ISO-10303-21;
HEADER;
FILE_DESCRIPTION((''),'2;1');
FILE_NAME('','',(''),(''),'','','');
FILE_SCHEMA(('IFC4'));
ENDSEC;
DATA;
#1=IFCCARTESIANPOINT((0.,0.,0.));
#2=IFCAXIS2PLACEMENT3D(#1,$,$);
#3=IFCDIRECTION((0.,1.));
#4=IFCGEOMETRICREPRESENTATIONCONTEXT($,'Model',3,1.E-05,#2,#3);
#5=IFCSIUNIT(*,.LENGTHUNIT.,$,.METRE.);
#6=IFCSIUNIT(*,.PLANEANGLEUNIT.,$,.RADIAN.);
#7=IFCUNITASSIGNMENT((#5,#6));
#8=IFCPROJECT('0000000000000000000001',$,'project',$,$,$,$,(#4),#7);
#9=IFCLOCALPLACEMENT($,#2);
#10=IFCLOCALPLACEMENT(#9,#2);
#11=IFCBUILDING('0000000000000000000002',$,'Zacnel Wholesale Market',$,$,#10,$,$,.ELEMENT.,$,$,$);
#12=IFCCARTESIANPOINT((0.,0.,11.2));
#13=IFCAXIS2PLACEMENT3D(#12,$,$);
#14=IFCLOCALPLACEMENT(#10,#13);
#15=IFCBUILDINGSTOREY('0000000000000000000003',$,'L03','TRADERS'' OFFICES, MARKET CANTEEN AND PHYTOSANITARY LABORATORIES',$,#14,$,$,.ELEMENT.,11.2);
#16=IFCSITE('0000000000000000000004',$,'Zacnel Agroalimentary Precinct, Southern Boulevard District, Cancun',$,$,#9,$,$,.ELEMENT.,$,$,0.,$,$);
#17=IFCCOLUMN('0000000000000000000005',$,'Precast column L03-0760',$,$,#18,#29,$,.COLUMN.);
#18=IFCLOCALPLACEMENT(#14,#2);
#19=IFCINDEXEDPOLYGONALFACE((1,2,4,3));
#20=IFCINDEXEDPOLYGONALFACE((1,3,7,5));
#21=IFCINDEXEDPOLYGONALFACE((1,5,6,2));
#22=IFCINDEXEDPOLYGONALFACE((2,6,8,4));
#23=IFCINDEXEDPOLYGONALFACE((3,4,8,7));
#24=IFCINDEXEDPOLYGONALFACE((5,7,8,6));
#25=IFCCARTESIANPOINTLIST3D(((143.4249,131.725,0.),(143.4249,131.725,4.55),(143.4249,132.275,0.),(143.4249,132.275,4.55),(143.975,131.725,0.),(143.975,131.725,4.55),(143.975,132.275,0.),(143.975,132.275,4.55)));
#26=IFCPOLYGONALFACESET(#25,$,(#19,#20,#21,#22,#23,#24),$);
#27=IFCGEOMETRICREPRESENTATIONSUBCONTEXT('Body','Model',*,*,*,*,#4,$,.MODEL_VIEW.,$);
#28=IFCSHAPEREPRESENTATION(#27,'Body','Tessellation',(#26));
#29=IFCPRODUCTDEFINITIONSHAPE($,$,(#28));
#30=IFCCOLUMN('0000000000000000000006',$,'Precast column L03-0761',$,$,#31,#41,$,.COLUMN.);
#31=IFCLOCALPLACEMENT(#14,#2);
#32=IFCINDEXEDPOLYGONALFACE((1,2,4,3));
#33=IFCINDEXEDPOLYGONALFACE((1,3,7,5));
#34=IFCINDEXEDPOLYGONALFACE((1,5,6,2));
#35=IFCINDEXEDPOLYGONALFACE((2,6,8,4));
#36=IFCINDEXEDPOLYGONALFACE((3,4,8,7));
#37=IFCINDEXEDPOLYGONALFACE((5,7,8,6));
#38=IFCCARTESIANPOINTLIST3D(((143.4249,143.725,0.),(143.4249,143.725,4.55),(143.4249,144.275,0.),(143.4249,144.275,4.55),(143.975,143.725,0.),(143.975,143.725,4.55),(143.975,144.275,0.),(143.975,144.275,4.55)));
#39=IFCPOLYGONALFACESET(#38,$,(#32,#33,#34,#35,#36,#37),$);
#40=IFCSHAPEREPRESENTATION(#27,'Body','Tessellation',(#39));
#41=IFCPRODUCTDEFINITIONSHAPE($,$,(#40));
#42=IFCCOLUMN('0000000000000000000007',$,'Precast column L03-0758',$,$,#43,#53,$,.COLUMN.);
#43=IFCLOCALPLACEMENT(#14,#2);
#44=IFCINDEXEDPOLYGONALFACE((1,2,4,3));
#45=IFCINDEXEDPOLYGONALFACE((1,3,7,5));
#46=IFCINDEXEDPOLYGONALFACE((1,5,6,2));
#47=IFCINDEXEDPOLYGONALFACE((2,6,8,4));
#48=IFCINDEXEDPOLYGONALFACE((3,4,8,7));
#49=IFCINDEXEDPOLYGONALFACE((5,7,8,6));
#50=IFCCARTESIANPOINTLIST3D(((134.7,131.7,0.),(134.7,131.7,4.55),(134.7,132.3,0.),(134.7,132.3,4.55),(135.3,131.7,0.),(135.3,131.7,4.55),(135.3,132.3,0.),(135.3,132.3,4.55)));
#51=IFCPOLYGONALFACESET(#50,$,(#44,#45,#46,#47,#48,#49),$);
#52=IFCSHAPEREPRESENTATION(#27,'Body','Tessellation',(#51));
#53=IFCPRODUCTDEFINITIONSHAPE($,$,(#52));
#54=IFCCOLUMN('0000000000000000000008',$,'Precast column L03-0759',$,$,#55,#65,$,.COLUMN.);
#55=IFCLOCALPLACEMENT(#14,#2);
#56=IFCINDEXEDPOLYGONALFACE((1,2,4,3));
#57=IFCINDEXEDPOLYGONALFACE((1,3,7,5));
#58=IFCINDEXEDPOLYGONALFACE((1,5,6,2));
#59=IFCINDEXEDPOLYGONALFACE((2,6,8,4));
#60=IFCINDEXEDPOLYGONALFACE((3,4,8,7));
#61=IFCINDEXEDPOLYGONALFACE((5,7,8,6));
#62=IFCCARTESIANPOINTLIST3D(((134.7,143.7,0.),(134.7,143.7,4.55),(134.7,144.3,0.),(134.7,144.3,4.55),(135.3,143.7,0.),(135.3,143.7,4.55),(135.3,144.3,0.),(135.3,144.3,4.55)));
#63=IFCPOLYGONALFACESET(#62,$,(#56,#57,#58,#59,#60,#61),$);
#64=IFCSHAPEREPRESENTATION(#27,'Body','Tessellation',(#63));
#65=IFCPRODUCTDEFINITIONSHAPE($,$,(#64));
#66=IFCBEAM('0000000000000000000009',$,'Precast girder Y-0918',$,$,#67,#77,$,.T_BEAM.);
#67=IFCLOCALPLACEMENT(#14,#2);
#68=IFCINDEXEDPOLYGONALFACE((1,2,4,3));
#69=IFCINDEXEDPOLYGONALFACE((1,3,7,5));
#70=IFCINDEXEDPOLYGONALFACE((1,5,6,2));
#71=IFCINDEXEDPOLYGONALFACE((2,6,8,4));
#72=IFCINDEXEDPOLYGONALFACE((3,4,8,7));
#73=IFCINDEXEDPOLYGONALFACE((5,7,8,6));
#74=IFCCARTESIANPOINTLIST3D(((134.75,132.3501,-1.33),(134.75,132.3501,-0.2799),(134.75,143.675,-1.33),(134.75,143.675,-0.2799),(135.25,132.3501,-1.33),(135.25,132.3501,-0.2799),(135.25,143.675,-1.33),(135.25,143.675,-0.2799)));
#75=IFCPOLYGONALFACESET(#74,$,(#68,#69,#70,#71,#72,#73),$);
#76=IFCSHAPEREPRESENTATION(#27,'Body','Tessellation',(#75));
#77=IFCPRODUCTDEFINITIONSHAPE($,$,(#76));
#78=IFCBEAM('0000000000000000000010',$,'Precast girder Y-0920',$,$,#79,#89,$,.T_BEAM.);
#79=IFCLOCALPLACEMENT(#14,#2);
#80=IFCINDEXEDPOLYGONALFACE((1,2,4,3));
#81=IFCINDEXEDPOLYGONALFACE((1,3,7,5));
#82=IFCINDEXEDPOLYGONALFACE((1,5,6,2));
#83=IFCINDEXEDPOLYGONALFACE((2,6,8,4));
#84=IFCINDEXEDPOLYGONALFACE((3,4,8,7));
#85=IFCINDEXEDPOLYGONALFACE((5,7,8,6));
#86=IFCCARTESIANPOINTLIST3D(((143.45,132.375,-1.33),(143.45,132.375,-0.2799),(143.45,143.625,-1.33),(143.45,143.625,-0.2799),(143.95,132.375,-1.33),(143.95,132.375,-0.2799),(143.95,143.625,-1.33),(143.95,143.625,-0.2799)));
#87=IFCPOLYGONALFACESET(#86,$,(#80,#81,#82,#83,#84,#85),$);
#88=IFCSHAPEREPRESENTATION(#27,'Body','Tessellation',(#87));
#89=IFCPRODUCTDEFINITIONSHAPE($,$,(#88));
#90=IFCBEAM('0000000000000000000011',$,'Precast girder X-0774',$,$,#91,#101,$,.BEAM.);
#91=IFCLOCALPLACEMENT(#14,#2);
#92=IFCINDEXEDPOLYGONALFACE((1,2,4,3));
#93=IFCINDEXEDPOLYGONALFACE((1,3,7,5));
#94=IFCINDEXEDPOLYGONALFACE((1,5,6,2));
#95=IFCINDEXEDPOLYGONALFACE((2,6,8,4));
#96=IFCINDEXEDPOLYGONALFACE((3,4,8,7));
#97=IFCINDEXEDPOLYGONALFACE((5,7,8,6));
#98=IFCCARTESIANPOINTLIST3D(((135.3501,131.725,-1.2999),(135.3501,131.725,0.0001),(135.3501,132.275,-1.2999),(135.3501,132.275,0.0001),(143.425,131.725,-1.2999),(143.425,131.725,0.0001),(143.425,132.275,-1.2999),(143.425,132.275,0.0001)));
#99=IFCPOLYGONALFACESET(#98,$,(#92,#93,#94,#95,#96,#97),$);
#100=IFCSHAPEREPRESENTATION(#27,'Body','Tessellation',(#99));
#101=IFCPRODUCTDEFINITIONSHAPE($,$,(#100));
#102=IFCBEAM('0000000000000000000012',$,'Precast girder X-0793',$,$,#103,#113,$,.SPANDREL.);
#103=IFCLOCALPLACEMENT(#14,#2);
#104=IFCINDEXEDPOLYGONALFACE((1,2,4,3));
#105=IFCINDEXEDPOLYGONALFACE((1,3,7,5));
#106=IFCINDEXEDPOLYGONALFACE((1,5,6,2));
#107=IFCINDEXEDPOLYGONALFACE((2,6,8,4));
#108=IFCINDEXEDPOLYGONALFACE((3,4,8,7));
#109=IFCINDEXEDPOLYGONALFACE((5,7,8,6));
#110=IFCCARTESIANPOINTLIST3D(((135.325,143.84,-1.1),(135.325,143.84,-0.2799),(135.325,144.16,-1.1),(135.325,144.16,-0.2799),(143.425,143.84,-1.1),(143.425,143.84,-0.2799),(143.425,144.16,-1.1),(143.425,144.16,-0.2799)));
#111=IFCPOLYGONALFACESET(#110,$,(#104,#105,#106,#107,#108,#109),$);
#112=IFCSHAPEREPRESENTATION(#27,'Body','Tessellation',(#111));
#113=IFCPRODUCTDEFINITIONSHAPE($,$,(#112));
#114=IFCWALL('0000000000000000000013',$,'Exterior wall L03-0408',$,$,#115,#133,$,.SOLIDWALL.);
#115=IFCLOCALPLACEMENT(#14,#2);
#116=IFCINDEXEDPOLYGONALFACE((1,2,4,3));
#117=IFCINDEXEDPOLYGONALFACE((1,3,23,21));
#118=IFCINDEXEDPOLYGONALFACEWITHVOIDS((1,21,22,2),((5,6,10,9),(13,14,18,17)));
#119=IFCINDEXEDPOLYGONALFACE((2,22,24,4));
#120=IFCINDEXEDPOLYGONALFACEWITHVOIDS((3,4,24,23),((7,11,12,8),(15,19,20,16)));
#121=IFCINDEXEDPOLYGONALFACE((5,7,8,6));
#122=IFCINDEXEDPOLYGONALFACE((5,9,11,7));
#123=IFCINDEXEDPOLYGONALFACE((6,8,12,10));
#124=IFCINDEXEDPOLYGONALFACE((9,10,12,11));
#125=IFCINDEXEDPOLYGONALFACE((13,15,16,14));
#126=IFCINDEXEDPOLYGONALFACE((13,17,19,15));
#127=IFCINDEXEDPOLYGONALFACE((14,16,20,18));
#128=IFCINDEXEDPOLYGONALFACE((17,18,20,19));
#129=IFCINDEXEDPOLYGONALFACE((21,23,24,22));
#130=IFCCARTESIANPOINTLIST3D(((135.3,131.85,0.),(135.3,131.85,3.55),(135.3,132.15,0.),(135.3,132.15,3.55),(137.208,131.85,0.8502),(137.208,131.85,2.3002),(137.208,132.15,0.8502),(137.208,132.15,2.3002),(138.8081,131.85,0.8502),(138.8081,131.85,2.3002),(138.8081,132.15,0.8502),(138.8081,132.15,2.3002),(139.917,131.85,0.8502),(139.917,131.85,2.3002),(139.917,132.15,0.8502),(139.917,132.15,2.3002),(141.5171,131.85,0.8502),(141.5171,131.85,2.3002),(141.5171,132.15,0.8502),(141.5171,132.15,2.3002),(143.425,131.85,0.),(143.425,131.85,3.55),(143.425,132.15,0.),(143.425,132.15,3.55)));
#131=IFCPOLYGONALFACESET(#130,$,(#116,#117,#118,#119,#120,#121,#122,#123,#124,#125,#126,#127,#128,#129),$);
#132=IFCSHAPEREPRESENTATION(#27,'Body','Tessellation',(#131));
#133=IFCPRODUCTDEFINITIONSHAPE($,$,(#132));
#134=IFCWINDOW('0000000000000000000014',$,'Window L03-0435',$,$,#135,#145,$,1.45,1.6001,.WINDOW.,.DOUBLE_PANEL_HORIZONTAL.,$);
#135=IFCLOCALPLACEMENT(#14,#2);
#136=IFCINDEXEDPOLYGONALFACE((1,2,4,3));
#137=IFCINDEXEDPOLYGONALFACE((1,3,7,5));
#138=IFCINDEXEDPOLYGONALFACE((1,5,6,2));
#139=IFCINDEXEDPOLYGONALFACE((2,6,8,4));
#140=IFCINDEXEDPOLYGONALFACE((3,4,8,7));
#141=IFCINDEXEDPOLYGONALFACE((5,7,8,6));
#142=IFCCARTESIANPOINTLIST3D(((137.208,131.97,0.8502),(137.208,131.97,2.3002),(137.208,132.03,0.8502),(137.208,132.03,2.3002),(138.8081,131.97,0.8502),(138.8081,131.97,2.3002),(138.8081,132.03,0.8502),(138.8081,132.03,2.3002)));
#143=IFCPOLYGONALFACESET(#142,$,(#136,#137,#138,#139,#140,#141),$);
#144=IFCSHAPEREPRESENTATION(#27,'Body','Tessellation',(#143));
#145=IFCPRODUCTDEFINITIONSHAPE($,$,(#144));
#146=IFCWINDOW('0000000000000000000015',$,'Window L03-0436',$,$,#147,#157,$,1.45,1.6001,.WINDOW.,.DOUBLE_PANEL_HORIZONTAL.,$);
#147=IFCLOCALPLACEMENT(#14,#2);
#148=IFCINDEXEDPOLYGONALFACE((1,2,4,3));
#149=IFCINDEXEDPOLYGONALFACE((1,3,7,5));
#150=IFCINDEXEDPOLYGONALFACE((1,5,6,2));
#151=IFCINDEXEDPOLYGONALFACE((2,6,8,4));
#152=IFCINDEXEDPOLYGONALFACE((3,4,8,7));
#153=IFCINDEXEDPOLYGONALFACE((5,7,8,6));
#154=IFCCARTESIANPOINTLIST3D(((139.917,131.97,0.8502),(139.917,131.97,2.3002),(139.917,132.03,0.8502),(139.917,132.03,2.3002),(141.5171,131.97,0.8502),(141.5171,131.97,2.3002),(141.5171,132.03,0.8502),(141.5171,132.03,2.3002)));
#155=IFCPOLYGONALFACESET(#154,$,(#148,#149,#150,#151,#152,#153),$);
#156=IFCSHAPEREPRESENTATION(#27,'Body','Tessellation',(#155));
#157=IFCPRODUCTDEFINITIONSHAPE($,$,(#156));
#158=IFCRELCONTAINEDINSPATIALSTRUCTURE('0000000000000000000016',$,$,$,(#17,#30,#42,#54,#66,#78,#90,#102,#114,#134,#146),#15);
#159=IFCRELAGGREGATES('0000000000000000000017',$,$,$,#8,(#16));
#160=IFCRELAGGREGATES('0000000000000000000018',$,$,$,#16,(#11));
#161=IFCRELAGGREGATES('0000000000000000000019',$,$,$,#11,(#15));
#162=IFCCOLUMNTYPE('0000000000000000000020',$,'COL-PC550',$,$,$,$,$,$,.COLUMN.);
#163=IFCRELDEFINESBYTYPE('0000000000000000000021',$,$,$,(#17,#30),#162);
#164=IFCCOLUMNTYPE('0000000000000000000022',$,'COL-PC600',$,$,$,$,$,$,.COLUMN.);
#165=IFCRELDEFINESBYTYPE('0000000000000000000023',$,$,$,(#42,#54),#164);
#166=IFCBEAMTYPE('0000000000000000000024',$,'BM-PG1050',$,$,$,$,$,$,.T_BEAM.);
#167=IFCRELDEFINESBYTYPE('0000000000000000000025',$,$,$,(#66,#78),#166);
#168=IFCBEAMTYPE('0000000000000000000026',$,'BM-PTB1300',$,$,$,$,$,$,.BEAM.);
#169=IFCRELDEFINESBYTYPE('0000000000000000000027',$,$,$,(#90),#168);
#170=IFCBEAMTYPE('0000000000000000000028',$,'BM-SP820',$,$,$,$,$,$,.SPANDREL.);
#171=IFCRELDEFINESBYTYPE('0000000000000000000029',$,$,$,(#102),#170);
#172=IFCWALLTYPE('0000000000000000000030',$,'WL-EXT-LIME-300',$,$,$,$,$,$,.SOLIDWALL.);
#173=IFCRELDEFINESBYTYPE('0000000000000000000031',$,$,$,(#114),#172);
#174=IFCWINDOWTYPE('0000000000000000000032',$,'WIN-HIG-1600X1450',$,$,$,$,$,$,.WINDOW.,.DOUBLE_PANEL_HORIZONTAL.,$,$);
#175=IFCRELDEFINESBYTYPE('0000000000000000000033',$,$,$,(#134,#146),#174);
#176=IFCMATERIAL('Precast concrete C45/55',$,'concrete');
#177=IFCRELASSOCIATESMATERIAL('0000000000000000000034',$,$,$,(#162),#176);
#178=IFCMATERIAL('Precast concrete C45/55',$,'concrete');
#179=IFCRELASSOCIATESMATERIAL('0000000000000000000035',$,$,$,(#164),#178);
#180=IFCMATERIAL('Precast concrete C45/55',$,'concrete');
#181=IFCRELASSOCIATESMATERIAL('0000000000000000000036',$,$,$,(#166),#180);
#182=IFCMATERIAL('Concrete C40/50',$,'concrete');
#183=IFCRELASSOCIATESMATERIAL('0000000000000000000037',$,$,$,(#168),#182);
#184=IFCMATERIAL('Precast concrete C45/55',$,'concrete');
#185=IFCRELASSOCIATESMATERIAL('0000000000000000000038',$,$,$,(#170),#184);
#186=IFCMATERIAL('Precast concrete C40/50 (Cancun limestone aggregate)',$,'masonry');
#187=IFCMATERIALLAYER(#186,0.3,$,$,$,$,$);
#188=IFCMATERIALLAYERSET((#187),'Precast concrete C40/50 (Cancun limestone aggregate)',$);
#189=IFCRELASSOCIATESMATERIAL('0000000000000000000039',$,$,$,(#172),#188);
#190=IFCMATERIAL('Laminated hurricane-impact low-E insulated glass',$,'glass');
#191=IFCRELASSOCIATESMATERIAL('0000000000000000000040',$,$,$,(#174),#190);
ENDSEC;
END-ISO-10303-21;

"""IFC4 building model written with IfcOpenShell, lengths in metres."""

from ifc_helpers import new_model, si_unit, direction, frame, frame_2d, origin, origin_2d, place, context, subcontext, project, spatial, rectangle, extrude, material, layer, layer_set, material_profile, profile_set, type_object, element, fill, save


model = new_model("IFC4")

# Units and contexts
model_context = context("Model", 3, precision=1e-05, world=origin(), true_north=direction((0.0, 1.0)))
body_context = subcontext(model_context, "Body", "Model", "MODEL_VIEW")
ifc_project = project(units=[si_unit("LENGTHUNIT", "METRE"), si_unit("PLANEANGLEUNIT", "RADIAN")], contexts=[model_context])

# Site, building, storey
site_placement = place(None, origin())
site = spatial("IfcSite", under=ifc_project, at=site_placement, Name="Zacnel Agroalimentary Precinct, Southern Boulevard District, Cancun", CompositionType="ELEMENT", RefElevation=0.0)
building_placement = place(site_placement, origin())
building = spatial("IfcBuilding", under=site, at=building_placement, Name="Zacnel Wholesale Market", CompositionType="ELEMENT")
storey_placement = place(building_placement, frame((0.0, 0.0, 11.2)))
storey = spatial("IfcBuildingStorey", under=building, at=storey_placement, Name="L03", Description="TRADERS' OFFICES, MARKET CANTEEN AND PHYTOSANITARY LABORATORIES", CompositionType="ELEMENT", Elevation=11.2)

# Columns
ifc_material_1 = material(Name="Precast concrete C45/55", Category="concrete")
ifc_material_profile_1 = material_profile(ifc_material_1, rectangle(XDim=0.55, YDim=0.55, at=origin_2d()), Name="PC 550x550")
ifc_profile_set_1 = profile_set([ifc_material_profile_1], Name="Precast concrete C45/55")
column_type_1 = type_object("IfcColumnType", Name="COL-PC550", PredefinedType="COLUMN", material=ifc_profile_set_1)
for number, where, z_axis, x_axis, name in (
    (1, (143.7, 132.0, 0.0), (0.0, 0.0, 1.0), (1.0, 0.0, 0.0), "Precast column L03-0760"),
    (2, (143.7, 144.0, 0.0), (0.0, 0.0, 1.0), (1.0, 0.0, 0.0), "Precast column L03-0761"),
):
    element("IfcColumn", number, at=place(storey_placement, frame(where, z_axis=z_axis, x_axis=x_axis)), inside=storey, type_object=column_type_1, Name=name, PredefinedType="COLUMN", context=body_context, shape_type="SweptSolid", body=[
        extrude(rectangle(XDim=0.55, YDim=0.55, at=origin_2d()), origin(), (0.0, 0.0, 1.0), 4.55),
    ])
ifc_material_2 = material(Name="Precast concrete C45/55", Category="concrete")
ifc_material_profile_2 = material_profile(ifc_material_2, rectangle(XDim=0.6001, YDim=0.6001, at=origin_2d()), Name="PC 600x600")
ifc_profile_set_2 = profile_set([ifc_material_profile_2], Name="Precast concrete C45/55")
column_type_2 = type_object("IfcColumnType", Name="COL-PC600", PredefinedType="COLUMN", material=ifc_profile_set_2)
for number, where, z_axis, x_axis, name in (
    (3, (135.0, 132.0, 0.0), (0.0, 0.0, 1.0), (1.0, 0.0, 0.0), "Precast column L03-0758"),
    (4, (135.0, 144.0, 0.0), (0.0, 0.0, 1.0), (1.0, 0.0, 0.0), "Precast column L03-0759"),
):
    element("IfcColumn", number, at=place(storey_placement, frame(where, z_axis=z_axis, x_axis=x_axis)), inside=storey, type_object=column_type_2, Name=name, PredefinedType="COLUMN", context=body_context, shape_type="SweptSolid", body=[
        extrude(rectangle(XDim=0.6001, YDim=0.6001, at=origin_2d()), origin(), (0.0, 0.0, 1.0), 4.55),
    ])

# Beams
ifc_material_3 = material(Name="Precast concrete C45/55", Category="concrete")
ifc_material_profile_3 = material_profile(ifc_material_3, rectangle(XDim=0.5, YDim=1.05, at=origin_2d()), Name="PG 500x1050")
ifc_profile_set_3 = profile_set([ifc_material_profile_3], Name="Precast concrete C45/55")
beam_type_1 = type_object("IfcBeamType", Name="BM-PG1050", PredefinedType="T_BEAM", material=ifc_profile_set_3)
beam_1_placement = place(storey_placement, frame((135.0, 132.3501, -0.8049), z_axis=(0.0, 1.0, 0.0), x_axis=(-1.0, 0.0, 0.0)))
element("IfcBeam", 5, at=beam_1_placement, inside=storey, type_object=beam_type_1, Name="Precast girder Y-0918", PredefinedType="T_BEAM", context=body_context, shape_type="SweptSolid", body=[
    extrude(rectangle(XDim=0.5, YDim=1.05, at=origin_2d()), origin(), (0.0, 0.0, 1.0), 11.325),
])
beam_2_placement = place(storey_placement, frame((143.7, 132.375, -0.8049), z_axis=(0.0, 1.0, 0.0), x_axis=(-1.0, 0.0, 0.0)))
element("IfcBeam", 6, at=beam_2_placement, inside=storey, type_object=beam_type_1, Name="Precast girder Y-0920", PredefinedType="T_BEAM", context=body_context, shape_type="SweptSolid", body=[
    extrude(rectangle(XDim=0.5, YDim=1.05, at=origin_2d()), origin(), (0.0, 0.0, 1.0), 11.25),
])
ifc_material_4 = material(Name="Concrete C40/50", Category="concrete")
ifc_material_profile_4 = material_profile(ifc_material_4, rectangle(XDim=0.55, YDim=1.3, at=origin_2d()), Name="PTB 550x1300")
ifc_profile_set_4 = profile_set([ifc_material_profile_4], Name="Concrete C40/50")
beam_type_2 = type_object("IfcBeamType", Name="BM-PTB1300", PredefinedType="BEAM", material=ifc_profile_set_4)
beam_3_placement = place(storey_placement, frame((135.3501, 132.0, -0.6499), z_axis=(1.0, 0.0, 0.0), x_axis=(0.0, 1.0, 0.0)))
element("IfcBeam", 7, at=beam_3_placement, inside=storey, type_object=beam_type_2, Name="Precast girder X-0774", PredefinedType="BEAM", context=body_context, shape_type="SweptSolid", body=[
    extrude(rectangle(XDim=0.55, YDim=1.3, at=origin_2d()), origin(), (0.0, 0.0, 1.0), 8.075),
])
ifc_material_5 = material(Name="Precast concrete C45/55", Category="concrete")
ifc_material_profile_5 = material_profile(ifc_material_5, rectangle(XDim=0.3201, YDim=0.8201, at=origin_2d()), Name="SP 320x820")
ifc_profile_set_5 = profile_set([ifc_material_profile_5], Name="Precast concrete C45/55")
beam_type_3 = type_object("IfcBeamType", Name="BM-SP820", PredefinedType="SPANDREL", material=ifc_profile_set_5)
beam_4_placement = place(storey_placement, frame((135.325, 144.0, -0.6899), z_axis=(1.0, 0.0, 0.0), x_axis=(0.0, 1.0, 0.0)))
element("IfcBeam", 8, at=beam_4_placement, inside=storey, type_object=beam_type_3, Name="Precast girder X-0793", PredefinedType="SPANDREL", context=body_context, shape_type="SweptSolid", body=[
    extrude(rectangle(XDim=0.3201, YDim=0.8201, at=origin_2d()), origin(), (0.0, 0.0, 1.0), 8.1001),
])

# Wall, openings, windows
ifc_material_6 = material(Name="Precast concrete C40/50 (Cancun limestone aggregate)", Category="masonry")
ifc_layer_1 = layer(ifc_material_6, 0.3)
ifc_layer_set_1 = layer_set([ifc_layer_1], Name="Precast concrete C40/50 (Cancun limestone aggregate)")
wall_type = type_object("IfcWallType", Name="WL-EXT-LIME-300", PredefinedType="SOLIDWALL", material=ifc_layer_set_1)
wall_1_placement = place(storey_placement, frame((135.3, 132.0, 0.0), z_axis=(0.0, 0.0, 1.0), x_axis=(1.0, 0.0, 0.0)))
wall_1 = element("IfcWall", 9, at=wall_1_placement, inside=storey, type_object=wall_type, Name="Exterior wall L03-0408", PredefinedType="SOLIDWALL", context=body_context, shape_type="SweptSolid", body=[
    extrude(rectangle(XDim=8.125, YDim=0.3, at=frame_2d((4.0625, 0.0))), origin(), (0.0, 0.0, 1.0), 3.55),
])
opening_1_placement = place(wall_1_placement, frame((1.908, 0.0, 0.8501)))
opening_1 = element("IfcOpeningElement", 10, at=opening_1_placement, cuts=wall_1, PredefinedType="OPENING", context=body_context, shape_type="SweptSolid", body=[
    extrude(rectangle(XDim=1.6001, YDim=1.45, at=frame_2d((0.8, 0.7251))), frame((0.0, 0.1599, 0.0), z_axis=(0.0, -1.0, 0.0), x_axis=(1.0, 0.0, 0.0)), (0.0, 0.0, 1.0), 0.3201),
])
opening_2_placement = place(wall_1_placement, frame((4.6169, 0.0, 0.8501)))
opening_2 = element("IfcOpeningElement", 11, at=opening_2_placement, cuts=wall_1, PredefinedType="OPENING", context=body_context, shape_type="SweptSolid", body=[
    extrude(rectangle(XDim=1.6001, YDim=1.45, at=frame_2d((0.8, 0.7251))), frame((0.0, 0.1599, 0.0), z_axis=(0.0, -1.0, 0.0), x_axis=(1.0, 0.0, 0.0)), (0.0, 0.0, 1.0), 0.3201),
])
ifc_material_7 = material(Name="Laminated hurricane-impact low-E insulated glass", Category="glass")
window_type = type_object("IfcWindowType", Name="WIN-HIG-1600X1450", PartitioningType="DOUBLE_PANEL_HORIZONTAL", PredefinedType="WINDOW", material=ifc_material_7)
window_1_placement = place(opening_1_placement, origin())
window_1 = element("IfcWindow", 12, at=window_1_placement, inside=storey, type_object=window_type, Name="Window L03-0435", OverallHeight=1.45, OverallWidth=1.6001, PartitioningType="DOUBLE_PANEL_HORIZONTAL", PredefinedType="WINDOW", context=body_context, shape_type="SweptSolid", body=[
    extrude(rectangle(XDim=1.6001, YDim=1.45, at=frame_2d((0.8, 0.7251))), frame((0.0, 0.03, 0.0), z_axis=(0.0, -1.0, 0.0), x_axis=(1.0, 0.0, 0.0)), (0.0, 0.0, 1.0), 0.0601),
])
fill(opening_1, window_1)
window_2_placement = place(opening_2_placement, origin())
window_2 = element("IfcWindow", 13, at=window_2_placement, inside=storey, type_object=window_type, Name="Window L03-0436", OverallHeight=1.45, OverallWidth=1.6001, PartitioningType="DOUBLE_PANEL_HORIZONTAL", PredefinedType="WINDOW", context=body_context, shape_type="SweptSolid", body=[
    extrude(rectangle(XDim=1.6001, YDim=1.45, at=frame_2d((0.8, 0.7251))), frame((0.0, 0.03, 0.0), z_axis=(0.0, -1.0, 0.0), x_axis=(1.0, 0.0, 0.0)), (0.0, 0.0, 1.0), 0.0601),
])
fill(opening_2, window_2)

save(model, "model.ifc")
